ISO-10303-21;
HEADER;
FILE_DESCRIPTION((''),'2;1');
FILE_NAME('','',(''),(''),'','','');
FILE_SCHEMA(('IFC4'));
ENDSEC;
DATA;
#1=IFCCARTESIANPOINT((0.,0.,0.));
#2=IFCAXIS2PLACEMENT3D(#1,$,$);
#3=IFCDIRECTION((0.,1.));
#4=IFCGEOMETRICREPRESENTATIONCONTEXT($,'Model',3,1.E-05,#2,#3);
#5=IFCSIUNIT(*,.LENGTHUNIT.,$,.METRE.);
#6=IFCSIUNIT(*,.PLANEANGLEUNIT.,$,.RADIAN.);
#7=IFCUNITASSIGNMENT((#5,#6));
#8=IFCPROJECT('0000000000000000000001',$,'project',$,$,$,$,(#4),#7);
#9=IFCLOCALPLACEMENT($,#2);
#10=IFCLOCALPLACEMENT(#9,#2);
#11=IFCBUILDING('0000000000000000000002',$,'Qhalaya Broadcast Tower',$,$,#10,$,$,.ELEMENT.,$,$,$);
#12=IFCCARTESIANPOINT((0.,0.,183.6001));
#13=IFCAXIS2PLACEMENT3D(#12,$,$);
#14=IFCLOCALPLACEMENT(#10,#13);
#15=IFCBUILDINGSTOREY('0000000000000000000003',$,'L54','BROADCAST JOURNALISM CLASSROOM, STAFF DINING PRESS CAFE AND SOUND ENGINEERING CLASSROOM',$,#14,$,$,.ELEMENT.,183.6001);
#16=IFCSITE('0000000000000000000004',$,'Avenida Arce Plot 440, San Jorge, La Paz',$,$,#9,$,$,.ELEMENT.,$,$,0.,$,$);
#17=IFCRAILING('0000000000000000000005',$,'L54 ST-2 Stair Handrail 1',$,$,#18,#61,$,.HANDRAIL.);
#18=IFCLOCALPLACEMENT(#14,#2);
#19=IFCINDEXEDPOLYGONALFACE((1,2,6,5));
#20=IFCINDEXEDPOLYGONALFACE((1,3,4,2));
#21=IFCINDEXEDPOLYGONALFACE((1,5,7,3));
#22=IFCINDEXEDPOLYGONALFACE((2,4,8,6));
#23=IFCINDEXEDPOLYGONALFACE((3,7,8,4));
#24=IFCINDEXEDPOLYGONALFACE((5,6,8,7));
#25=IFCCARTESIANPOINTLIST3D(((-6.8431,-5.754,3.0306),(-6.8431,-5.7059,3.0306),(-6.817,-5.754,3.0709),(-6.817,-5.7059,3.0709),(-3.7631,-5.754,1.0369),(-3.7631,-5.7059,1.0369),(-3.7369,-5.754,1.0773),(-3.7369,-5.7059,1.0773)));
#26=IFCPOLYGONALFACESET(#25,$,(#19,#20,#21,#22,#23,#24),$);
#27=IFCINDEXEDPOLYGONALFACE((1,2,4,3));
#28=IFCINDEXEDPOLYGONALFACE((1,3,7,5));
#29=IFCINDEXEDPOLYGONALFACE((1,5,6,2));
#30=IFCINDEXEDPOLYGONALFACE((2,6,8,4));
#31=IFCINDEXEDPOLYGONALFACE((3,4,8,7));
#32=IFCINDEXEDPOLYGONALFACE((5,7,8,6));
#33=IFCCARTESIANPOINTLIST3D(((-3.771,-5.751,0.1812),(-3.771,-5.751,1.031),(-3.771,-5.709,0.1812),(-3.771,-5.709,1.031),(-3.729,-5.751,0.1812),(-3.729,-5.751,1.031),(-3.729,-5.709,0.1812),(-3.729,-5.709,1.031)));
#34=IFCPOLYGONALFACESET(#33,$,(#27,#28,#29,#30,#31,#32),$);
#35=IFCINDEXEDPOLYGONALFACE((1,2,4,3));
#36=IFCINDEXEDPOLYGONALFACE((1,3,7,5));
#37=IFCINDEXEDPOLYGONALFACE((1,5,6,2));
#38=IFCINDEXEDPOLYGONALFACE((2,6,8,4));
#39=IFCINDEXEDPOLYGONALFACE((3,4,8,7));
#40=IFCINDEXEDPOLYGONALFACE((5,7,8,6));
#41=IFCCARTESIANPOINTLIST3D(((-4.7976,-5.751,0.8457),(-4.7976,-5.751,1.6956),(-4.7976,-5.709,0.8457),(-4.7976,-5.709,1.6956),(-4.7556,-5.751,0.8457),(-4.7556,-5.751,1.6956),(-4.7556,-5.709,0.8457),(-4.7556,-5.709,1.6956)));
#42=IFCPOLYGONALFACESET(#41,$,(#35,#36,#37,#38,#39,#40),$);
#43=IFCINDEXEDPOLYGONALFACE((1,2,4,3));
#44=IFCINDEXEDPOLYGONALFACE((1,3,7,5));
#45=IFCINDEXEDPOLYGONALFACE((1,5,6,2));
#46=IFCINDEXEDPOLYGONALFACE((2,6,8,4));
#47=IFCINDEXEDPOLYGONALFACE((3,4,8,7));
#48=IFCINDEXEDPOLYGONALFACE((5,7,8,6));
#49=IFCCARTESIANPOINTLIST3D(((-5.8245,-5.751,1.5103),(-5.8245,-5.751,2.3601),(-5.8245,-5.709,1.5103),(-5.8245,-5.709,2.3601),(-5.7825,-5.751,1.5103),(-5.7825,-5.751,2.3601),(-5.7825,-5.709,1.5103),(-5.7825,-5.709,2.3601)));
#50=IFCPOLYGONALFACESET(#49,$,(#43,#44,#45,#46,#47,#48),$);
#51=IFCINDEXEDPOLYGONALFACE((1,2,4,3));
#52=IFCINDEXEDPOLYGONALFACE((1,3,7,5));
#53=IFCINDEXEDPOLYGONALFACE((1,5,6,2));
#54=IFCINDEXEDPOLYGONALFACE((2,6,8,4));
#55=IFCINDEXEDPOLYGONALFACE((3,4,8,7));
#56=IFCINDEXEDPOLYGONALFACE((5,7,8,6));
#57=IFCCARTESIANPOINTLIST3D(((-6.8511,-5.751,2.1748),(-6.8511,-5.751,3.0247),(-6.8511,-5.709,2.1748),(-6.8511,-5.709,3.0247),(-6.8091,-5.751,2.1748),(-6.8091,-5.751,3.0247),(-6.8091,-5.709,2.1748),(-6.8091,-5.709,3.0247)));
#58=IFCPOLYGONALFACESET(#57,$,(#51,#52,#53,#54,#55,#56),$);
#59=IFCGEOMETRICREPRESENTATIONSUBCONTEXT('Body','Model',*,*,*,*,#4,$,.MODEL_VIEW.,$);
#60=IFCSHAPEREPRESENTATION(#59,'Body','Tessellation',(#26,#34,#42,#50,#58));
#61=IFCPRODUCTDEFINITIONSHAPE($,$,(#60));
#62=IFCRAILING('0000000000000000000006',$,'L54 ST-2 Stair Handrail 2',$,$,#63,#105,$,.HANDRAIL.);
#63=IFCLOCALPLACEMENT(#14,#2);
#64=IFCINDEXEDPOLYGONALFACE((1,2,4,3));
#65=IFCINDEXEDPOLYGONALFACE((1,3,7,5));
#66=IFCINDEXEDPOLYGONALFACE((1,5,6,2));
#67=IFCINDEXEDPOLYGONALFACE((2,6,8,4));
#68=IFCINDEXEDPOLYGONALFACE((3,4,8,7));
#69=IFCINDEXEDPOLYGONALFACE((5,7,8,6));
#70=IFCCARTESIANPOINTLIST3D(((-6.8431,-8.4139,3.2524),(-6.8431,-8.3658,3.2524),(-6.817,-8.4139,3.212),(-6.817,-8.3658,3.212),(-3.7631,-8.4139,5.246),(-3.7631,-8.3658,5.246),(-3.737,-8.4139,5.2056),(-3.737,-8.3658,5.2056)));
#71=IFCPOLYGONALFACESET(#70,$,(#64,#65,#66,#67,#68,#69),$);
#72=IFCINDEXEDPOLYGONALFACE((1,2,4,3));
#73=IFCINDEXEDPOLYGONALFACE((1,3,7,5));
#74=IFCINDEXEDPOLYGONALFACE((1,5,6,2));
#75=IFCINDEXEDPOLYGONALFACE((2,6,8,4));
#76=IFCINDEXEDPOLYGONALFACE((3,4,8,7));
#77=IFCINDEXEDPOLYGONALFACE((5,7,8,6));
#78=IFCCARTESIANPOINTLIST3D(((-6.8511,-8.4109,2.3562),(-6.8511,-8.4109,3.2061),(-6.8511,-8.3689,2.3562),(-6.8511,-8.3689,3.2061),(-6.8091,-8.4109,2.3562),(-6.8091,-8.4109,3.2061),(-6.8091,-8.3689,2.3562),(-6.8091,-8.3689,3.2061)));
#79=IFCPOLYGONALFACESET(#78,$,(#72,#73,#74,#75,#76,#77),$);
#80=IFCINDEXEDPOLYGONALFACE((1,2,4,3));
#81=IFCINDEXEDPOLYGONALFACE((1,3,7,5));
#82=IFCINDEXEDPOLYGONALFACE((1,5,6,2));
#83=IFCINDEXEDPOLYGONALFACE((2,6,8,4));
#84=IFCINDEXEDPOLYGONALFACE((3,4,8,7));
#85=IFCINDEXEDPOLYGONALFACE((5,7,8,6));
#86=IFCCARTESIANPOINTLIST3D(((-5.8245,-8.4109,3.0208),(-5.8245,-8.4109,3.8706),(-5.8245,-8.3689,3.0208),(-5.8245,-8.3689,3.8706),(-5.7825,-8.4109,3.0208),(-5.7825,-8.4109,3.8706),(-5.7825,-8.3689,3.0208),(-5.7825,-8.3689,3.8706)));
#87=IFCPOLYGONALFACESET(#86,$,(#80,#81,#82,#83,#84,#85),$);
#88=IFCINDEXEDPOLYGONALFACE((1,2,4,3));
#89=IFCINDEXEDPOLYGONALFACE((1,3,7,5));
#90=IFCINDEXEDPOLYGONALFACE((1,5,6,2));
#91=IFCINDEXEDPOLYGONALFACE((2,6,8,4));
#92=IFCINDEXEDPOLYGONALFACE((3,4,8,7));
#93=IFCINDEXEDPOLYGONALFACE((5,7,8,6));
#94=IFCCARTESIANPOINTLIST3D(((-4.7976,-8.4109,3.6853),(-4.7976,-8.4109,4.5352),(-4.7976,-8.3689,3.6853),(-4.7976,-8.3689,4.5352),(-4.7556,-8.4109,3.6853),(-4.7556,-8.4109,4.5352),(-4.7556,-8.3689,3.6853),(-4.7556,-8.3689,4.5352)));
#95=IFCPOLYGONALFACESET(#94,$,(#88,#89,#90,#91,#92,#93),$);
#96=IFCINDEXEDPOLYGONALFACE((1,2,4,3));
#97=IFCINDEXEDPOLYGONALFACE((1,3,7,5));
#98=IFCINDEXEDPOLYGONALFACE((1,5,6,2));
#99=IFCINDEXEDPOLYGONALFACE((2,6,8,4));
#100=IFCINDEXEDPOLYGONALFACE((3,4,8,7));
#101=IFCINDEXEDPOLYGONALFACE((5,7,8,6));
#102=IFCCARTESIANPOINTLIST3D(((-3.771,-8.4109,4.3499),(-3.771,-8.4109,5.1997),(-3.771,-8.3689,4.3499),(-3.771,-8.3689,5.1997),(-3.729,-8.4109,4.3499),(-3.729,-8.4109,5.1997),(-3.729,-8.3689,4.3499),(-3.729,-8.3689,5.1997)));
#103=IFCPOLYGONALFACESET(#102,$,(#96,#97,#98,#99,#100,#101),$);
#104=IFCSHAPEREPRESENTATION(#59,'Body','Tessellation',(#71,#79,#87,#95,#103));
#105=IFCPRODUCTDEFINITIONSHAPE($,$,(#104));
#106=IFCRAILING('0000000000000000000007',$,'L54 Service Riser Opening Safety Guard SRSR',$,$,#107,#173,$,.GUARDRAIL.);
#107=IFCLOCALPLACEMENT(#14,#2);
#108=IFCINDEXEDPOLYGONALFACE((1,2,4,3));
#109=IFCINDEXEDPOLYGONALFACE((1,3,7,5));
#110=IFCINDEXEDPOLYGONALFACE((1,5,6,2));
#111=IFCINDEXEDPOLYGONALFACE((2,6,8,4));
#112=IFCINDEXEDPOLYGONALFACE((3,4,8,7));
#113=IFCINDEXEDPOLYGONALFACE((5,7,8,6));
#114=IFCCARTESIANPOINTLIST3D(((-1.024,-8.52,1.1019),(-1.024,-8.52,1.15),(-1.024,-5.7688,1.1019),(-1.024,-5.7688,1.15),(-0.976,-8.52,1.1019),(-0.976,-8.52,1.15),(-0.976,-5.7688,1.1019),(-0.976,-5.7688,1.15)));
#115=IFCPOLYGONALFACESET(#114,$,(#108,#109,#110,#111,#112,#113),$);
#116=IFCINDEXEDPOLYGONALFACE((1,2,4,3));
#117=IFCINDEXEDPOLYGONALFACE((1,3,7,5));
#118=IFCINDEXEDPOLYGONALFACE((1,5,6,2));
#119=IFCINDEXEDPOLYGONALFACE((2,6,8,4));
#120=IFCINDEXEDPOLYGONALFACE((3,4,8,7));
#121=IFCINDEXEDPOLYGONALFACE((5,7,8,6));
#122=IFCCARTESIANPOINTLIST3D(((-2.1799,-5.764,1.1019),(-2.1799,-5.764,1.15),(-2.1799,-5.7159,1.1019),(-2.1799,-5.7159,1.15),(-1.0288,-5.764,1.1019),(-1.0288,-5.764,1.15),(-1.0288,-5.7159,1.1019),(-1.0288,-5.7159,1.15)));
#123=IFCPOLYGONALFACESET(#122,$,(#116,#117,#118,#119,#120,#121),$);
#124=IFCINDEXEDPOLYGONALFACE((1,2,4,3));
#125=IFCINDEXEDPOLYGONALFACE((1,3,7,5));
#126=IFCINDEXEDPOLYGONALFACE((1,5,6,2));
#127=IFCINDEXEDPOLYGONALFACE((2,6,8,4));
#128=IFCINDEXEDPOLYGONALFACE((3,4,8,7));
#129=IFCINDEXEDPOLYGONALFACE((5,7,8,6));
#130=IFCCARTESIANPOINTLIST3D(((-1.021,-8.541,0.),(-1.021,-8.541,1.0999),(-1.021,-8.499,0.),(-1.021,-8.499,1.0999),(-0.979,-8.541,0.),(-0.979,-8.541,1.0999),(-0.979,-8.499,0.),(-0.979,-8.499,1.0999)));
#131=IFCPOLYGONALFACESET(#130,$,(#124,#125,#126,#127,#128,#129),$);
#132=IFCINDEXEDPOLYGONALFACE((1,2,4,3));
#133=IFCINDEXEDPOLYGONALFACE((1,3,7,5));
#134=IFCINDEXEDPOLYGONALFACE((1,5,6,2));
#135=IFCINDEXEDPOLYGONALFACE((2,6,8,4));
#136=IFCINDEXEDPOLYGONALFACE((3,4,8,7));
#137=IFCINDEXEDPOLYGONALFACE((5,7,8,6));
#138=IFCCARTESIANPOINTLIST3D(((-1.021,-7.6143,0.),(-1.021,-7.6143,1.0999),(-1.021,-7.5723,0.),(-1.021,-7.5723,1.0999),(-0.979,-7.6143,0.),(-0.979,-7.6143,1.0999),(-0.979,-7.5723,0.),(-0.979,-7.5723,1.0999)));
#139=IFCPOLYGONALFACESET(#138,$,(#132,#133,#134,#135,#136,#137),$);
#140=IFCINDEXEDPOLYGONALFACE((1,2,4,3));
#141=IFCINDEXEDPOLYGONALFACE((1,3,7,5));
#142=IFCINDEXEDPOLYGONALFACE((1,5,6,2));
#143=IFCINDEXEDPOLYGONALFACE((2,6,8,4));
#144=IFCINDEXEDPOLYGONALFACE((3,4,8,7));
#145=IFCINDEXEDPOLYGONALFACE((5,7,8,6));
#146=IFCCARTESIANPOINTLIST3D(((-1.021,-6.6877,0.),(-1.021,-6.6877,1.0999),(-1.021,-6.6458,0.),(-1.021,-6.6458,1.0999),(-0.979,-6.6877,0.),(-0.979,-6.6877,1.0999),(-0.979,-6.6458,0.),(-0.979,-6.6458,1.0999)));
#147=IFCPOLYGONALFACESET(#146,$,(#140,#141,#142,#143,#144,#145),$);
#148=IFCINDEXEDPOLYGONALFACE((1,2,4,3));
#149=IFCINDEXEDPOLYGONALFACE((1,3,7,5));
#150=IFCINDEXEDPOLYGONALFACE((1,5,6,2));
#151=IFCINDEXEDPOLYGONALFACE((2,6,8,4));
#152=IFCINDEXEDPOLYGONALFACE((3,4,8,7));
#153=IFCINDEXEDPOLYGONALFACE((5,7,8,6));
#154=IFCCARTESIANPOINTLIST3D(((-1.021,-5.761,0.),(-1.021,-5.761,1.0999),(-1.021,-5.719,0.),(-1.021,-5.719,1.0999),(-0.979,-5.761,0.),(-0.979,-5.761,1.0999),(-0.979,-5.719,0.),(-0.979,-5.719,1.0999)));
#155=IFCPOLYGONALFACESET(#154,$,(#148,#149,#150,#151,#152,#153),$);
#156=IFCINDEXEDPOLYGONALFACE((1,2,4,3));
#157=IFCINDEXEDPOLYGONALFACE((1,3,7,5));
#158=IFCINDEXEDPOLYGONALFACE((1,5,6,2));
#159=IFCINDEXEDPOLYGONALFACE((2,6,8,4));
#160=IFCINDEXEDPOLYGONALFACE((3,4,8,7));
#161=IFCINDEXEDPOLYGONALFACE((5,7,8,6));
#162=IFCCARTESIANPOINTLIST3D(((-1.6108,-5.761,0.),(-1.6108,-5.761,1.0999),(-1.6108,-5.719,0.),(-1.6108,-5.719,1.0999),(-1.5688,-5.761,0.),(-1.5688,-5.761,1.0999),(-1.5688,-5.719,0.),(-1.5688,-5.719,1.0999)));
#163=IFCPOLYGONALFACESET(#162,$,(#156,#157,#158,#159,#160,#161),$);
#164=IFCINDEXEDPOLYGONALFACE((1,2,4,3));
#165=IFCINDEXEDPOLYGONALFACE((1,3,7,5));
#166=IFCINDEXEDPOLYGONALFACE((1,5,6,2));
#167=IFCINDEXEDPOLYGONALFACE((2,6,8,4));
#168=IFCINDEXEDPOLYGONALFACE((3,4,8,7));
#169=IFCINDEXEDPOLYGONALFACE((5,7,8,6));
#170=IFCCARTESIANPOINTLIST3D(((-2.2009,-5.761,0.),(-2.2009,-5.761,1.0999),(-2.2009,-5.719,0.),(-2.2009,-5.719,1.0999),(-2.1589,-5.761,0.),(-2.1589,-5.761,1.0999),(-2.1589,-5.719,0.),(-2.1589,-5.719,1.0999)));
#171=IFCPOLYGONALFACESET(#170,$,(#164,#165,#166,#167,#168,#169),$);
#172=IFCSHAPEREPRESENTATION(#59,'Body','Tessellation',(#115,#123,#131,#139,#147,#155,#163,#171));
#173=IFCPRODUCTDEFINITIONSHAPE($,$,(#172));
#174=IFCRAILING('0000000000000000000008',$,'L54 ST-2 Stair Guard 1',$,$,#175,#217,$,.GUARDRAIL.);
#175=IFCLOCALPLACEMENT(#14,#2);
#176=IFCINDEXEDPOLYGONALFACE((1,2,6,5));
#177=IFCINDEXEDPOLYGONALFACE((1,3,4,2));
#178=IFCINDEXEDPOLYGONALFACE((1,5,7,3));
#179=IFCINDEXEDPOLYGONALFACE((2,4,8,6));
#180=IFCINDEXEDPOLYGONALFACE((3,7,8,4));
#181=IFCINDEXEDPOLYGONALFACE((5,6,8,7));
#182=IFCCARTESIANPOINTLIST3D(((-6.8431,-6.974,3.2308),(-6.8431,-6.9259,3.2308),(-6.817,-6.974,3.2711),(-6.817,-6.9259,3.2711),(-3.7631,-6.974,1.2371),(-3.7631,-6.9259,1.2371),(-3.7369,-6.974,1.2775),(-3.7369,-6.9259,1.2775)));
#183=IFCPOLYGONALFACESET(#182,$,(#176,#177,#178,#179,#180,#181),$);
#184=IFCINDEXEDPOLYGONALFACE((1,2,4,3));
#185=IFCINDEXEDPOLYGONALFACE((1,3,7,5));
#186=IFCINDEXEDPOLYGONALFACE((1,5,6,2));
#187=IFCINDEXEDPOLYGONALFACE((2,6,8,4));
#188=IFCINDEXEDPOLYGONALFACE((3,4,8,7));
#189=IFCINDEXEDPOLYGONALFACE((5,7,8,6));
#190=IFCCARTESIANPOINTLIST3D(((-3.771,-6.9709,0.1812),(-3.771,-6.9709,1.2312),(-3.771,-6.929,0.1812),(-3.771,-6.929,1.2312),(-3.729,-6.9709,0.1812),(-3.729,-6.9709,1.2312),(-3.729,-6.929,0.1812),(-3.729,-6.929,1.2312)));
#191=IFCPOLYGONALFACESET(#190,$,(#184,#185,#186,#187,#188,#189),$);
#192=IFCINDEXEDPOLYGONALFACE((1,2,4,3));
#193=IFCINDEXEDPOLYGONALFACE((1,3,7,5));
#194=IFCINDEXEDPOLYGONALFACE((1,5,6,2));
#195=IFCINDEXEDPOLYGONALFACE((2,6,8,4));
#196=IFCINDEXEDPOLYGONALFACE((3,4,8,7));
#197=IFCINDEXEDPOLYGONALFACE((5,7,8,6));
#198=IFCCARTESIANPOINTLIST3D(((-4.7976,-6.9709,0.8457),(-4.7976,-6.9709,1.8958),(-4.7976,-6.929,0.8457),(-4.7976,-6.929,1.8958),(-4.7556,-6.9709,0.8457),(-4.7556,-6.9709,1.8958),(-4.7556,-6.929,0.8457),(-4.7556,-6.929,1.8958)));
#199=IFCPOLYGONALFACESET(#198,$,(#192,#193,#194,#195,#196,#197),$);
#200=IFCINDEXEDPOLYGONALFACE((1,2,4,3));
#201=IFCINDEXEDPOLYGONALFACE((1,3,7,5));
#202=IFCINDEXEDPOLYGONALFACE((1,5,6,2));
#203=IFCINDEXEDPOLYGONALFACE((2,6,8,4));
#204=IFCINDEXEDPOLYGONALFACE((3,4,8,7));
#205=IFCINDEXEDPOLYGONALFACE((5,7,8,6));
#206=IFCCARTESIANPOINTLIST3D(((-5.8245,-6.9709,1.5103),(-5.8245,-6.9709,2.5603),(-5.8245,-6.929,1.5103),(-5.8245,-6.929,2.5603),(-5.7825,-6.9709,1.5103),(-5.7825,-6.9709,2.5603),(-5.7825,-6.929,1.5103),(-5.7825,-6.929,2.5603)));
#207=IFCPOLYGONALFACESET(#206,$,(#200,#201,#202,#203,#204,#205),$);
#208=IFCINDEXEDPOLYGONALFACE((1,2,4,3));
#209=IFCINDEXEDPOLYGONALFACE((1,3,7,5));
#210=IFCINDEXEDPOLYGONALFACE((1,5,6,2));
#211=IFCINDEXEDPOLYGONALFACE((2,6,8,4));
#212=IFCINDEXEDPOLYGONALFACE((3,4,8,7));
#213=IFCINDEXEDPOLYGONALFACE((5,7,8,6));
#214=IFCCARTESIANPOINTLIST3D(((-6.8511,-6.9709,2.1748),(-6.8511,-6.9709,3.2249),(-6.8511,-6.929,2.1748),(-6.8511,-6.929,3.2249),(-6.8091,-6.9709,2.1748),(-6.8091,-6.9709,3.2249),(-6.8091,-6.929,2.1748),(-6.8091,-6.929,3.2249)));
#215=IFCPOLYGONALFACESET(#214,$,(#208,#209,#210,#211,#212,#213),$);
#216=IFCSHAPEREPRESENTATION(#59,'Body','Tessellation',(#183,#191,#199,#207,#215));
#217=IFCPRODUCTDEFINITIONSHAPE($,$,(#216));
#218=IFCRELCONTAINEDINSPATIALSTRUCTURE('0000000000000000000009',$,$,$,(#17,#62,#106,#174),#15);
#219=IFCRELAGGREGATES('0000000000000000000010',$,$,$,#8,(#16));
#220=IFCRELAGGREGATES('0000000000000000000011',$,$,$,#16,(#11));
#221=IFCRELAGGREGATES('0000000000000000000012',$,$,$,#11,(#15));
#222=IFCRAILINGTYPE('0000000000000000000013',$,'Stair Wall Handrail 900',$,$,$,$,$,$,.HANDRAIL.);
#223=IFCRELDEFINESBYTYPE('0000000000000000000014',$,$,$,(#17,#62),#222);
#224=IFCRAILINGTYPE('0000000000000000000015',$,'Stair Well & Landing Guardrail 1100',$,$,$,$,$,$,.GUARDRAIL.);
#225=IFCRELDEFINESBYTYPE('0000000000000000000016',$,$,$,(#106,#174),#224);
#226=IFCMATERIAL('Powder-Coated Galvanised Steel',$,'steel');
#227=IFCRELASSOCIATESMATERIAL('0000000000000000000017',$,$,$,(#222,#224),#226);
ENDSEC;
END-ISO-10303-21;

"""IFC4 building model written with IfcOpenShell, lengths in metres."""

from ifc_helpers import new_model, si_unit, direction, frame, origin, origin_2d, place, context, subcontext, project, spatial, rectangle, extrude, material, type_object, element, save


model = new_model("IFC4")

# Units and contexts
model_context = context("Model", 3, precision=1e-05, world=origin(), true_north=direction((0.0, 1.0)))
body_context = subcontext(model_context, "Body", "Model", "MODEL_VIEW")
ifc_project = project(units=[si_unit("LENGTHUNIT", "METRE"), si_unit("PLANEANGLEUNIT", "RADIAN")], contexts=[model_context])

# Site, building, storey
site_placement = place(None, origin())
site = spatial("IfcSite", under=ifc_project, at=site_placement, Name="Avenida Arce Plot 440, San Jorge, La Paz", CompositionType="ELEMENT", RefElevation=0.0)
building_placement = place(site_placement, origin())
building = spatial("IfcBuilding", under=site, at=building_placement, Name="Qhalaya Broadcast Tower", CompositionType="ELEMENT")
storey_placement = place(building_placement, frame((0.0, 0.0, 183.6001)))
storey = spatial("IfcBuildingStorey", under=building, at=storey_placement, Name="L54", Description="BROADCAST JOURNALISM CLASSROOM, STAFF DINING PRESS CAFE AND SOUND ENGINEERING CLASSROOM", CompositionType="ELEMENT", Elevation=183.6001)

# Railings
ifc_material_1 = material(Name="Powder-Coated Galvanised Steel", Category="steel")
railing_type_1 = type_object("IfcRailingType", Name="Stair Wall Handrail 900", PredefinedType="HANDRAIL", material=ifc_material_1)
railing_1_placement = place(storey_placement, frame((-3.75, -5.73, 0.1812)))
element("IfcRailing", 1, at=railing_1_placement, inside=storey, type_object=railing_type_1, Name="L54 ST-2 Stair Handrail 1", PredefinedType="HANDRAIL", context=body_context, shape_type="SweptSolid", body=[
    extrude(rectangle(XDim=0.0481, YDim=0.0481, at=origin_2d()), frame((0.0, 0.0, 0.876), z_axis=(-0.839488, 0.0, 0.543378), x_axis=(0.0, -1.0, 0.0)), (0.0, 0.0, 1.0), 3.6689),
    extrude(rectangle(XDim=0.042, YDim=0.042, at=origin_2d()), origin(), (0.0, 0.0, 1.0), 0.8499),
    extrude(rectangle(XDim=0.042, YDim=0.042, at=origin_2d()), frame((-1.0266, 0.0, 0.6646)), (0.0, 0.0, 1.0), 0.8499),
    extrude(rectangle(XDim=0.042, YDim=0.042, at=origin_2d()), frame((-2.0535, 0.0, 1.3291)), (0.0, 0.0, 1.0), 0.8499),
    extrude(rectangle(XDim=0.042, YDim=0.042, at=origin_2d()), frame((-3.0801, 0.0, 1.9937)), (0.0, 0.0, 1.0), 0.8499),
])
railing_2_placement = place(storey_placement, frame((-6.8301, -8.3899, 2.3562)))
element("IfcRailing", 2, at=railing_2_placement, inside=storey, type_object=railing_type_1, Name="L54 ST-2 Stair Handrail 2", PredefinedType="HANDRAIL", context=body_context, shape_type="SweptSolid", body=[
    extrude(rectangle(XDim=0.0481, YDim=0.0481, at=origin_2d()), frame((0.0, 0.0, 0.876), z_axis=(0.839488, 0.0, 0.543378), x_axis=(0.0, 1.0, 0.0)), (0.0, 0.0, 1.0), 3.6689),
    extrude(rectangle(XDim=0.042, YDim=0.042, at=origin_2d()), origin(), (0.0, 0.0, 1.0), 0.8499),
    extrude(rectangle(XDim=0.042, YDim=0.042, at=origin_2d()), frame((1.0266, 0.0, 0.6646)), (0.0, 0.0, 1.0), 0.8499),
    extrude(rectangle(XDim=0.042, YDim=0.042, at=origin_2d()), frame((2.0535, 0.0, 1.3291)), (0.0, 0.0, 1.0), 0.8499),
    extrude(rectangle(XDim=0.042, YDim=0.042, at=origin_2d()), frame((3.0801, 0.0, 1.9937)), (0.0, 0.0, 1.0), 0.8499),
])
railing_type_2 = type_object("IfcRailingType", Name="Stair Well & Landing Guardrail 1100", PredefinedType="GUARDRAIL", material=ifc_material_1)
railing_3_placement = place(storey_placement, frame((-1.0, -8.52, 0.0)))
element("IfcRailing", 3, at=railing_3_placement, inside=storey, type_object=railing_type_2, Name="L54 Service Riser Opening Safety Guard SRSR", PredefinedType="GUARDRAIL", context=body_context, shape_type="SweptSolid", body=[
    extrude(rectangle(XDim=0.0481, YDim=0.0481, at=origin_2d()), frame((0.0, 0.0, 1.126), z_axis=(0.0, 1.0, 0.0), x_axis=(-1.0, 0.0, 0.0)), (0.0, 0.0, 1.0), 2.7512),
    extrude(rectangle(XDim=0.0481, YDim=0.0481, at=origin_2d()), frame((-0.0288, 2.78, 1.126), z_axis=(-1.0, 0.0, 0.0), x_axis=(0.0, -1.0, 0.0)), (0.0, 0.0, 1.0), 1.1511),
    extrude(rectangle(XDim=0.042, YDim=0.042, at=origin_2d()), origin(), (0.0, 0.0, 1.0), 1.0999),
    extrude(rectangle(XDim=0.042, YDim=0.042, at=origin_2d()), frame((0.0, 0.9268, 0.0)), (0.0, 0.0, 1.0), 1.0999),
    extrude(rectangle(XDim=0.042, YDim=0.042, at=origin_2d()), frame((0.0, 1.8533, 0.0)), (0.0, 0.0, 1.0), 1.0999),
    extrude(rectangle(XDim=0.042, YDim=0.042, at=origin_2d()), frame((0.0, 2.78, 0.0)), (0.0, 0.0, 1.0), 1.0999),
    extrude(rectangle(XDim=0.042, YDim=0.042, at=origin_2d()), frame((-0.5898, 2.78, 0.0)), (0.0, 0.0, 1.0), 1.0999),
    extrude(rectangle(XDim=0.042, YDim=0.042, at=origin_2d()), frame((-1.1799, 2.78, 0.0)), (0.0, 0.0, 1.0), 1.0999),
])
railing_4_placement = place(storey_placement, frame((-3.75, -6.95, 0.1812)))
element("IfcRailing", 4, at=railing_4_placement, inside=storey, type_object=railing_type_2, Name="L54 ST-2 Stair Guard 1", PredefinedType="GUARDRAIL", context=body_context, shape_type="SweptSolid", body=[
    extrude(rectangle(XDim=0.0481, YDim=0.0481, at=origin_2d()), frame((0.0, 0.0, 1.0762), z_axis=(-0.839488, 0.0, 0.543378), x_axis=(0.0, -1.0, 0.0)), (0.0, 0.0, 1.0), 3.6689),
    extrude(rectangle(XDim=0.042, YDim=0.042, at=origin_2d()), origin(), (0.0, 0.0, 1.0), 1.05),
    extrude(rectangle(XDim=0.042, YDim=0.042, at=origin_2d()), frame((-1.0266, 0.0, 0.6646)), (0.0, 0.0, 1.0), 1.05),
    extrude(rectangle(XDim=0.042, YDim=0.042, at=origin_2d()), frame((-2.0535, 0.0, 1.3291)), (0.0, 0.0, 1.0), 1.05),
    extrude(rectangle(XDim=0.042, YDim=0.042, at=origin_2d()), frame((-3.0801, 0.0, 1.9937)), (0.0, 0.0, 1.0), 1.05),
])

save(model, "model.ifc")
